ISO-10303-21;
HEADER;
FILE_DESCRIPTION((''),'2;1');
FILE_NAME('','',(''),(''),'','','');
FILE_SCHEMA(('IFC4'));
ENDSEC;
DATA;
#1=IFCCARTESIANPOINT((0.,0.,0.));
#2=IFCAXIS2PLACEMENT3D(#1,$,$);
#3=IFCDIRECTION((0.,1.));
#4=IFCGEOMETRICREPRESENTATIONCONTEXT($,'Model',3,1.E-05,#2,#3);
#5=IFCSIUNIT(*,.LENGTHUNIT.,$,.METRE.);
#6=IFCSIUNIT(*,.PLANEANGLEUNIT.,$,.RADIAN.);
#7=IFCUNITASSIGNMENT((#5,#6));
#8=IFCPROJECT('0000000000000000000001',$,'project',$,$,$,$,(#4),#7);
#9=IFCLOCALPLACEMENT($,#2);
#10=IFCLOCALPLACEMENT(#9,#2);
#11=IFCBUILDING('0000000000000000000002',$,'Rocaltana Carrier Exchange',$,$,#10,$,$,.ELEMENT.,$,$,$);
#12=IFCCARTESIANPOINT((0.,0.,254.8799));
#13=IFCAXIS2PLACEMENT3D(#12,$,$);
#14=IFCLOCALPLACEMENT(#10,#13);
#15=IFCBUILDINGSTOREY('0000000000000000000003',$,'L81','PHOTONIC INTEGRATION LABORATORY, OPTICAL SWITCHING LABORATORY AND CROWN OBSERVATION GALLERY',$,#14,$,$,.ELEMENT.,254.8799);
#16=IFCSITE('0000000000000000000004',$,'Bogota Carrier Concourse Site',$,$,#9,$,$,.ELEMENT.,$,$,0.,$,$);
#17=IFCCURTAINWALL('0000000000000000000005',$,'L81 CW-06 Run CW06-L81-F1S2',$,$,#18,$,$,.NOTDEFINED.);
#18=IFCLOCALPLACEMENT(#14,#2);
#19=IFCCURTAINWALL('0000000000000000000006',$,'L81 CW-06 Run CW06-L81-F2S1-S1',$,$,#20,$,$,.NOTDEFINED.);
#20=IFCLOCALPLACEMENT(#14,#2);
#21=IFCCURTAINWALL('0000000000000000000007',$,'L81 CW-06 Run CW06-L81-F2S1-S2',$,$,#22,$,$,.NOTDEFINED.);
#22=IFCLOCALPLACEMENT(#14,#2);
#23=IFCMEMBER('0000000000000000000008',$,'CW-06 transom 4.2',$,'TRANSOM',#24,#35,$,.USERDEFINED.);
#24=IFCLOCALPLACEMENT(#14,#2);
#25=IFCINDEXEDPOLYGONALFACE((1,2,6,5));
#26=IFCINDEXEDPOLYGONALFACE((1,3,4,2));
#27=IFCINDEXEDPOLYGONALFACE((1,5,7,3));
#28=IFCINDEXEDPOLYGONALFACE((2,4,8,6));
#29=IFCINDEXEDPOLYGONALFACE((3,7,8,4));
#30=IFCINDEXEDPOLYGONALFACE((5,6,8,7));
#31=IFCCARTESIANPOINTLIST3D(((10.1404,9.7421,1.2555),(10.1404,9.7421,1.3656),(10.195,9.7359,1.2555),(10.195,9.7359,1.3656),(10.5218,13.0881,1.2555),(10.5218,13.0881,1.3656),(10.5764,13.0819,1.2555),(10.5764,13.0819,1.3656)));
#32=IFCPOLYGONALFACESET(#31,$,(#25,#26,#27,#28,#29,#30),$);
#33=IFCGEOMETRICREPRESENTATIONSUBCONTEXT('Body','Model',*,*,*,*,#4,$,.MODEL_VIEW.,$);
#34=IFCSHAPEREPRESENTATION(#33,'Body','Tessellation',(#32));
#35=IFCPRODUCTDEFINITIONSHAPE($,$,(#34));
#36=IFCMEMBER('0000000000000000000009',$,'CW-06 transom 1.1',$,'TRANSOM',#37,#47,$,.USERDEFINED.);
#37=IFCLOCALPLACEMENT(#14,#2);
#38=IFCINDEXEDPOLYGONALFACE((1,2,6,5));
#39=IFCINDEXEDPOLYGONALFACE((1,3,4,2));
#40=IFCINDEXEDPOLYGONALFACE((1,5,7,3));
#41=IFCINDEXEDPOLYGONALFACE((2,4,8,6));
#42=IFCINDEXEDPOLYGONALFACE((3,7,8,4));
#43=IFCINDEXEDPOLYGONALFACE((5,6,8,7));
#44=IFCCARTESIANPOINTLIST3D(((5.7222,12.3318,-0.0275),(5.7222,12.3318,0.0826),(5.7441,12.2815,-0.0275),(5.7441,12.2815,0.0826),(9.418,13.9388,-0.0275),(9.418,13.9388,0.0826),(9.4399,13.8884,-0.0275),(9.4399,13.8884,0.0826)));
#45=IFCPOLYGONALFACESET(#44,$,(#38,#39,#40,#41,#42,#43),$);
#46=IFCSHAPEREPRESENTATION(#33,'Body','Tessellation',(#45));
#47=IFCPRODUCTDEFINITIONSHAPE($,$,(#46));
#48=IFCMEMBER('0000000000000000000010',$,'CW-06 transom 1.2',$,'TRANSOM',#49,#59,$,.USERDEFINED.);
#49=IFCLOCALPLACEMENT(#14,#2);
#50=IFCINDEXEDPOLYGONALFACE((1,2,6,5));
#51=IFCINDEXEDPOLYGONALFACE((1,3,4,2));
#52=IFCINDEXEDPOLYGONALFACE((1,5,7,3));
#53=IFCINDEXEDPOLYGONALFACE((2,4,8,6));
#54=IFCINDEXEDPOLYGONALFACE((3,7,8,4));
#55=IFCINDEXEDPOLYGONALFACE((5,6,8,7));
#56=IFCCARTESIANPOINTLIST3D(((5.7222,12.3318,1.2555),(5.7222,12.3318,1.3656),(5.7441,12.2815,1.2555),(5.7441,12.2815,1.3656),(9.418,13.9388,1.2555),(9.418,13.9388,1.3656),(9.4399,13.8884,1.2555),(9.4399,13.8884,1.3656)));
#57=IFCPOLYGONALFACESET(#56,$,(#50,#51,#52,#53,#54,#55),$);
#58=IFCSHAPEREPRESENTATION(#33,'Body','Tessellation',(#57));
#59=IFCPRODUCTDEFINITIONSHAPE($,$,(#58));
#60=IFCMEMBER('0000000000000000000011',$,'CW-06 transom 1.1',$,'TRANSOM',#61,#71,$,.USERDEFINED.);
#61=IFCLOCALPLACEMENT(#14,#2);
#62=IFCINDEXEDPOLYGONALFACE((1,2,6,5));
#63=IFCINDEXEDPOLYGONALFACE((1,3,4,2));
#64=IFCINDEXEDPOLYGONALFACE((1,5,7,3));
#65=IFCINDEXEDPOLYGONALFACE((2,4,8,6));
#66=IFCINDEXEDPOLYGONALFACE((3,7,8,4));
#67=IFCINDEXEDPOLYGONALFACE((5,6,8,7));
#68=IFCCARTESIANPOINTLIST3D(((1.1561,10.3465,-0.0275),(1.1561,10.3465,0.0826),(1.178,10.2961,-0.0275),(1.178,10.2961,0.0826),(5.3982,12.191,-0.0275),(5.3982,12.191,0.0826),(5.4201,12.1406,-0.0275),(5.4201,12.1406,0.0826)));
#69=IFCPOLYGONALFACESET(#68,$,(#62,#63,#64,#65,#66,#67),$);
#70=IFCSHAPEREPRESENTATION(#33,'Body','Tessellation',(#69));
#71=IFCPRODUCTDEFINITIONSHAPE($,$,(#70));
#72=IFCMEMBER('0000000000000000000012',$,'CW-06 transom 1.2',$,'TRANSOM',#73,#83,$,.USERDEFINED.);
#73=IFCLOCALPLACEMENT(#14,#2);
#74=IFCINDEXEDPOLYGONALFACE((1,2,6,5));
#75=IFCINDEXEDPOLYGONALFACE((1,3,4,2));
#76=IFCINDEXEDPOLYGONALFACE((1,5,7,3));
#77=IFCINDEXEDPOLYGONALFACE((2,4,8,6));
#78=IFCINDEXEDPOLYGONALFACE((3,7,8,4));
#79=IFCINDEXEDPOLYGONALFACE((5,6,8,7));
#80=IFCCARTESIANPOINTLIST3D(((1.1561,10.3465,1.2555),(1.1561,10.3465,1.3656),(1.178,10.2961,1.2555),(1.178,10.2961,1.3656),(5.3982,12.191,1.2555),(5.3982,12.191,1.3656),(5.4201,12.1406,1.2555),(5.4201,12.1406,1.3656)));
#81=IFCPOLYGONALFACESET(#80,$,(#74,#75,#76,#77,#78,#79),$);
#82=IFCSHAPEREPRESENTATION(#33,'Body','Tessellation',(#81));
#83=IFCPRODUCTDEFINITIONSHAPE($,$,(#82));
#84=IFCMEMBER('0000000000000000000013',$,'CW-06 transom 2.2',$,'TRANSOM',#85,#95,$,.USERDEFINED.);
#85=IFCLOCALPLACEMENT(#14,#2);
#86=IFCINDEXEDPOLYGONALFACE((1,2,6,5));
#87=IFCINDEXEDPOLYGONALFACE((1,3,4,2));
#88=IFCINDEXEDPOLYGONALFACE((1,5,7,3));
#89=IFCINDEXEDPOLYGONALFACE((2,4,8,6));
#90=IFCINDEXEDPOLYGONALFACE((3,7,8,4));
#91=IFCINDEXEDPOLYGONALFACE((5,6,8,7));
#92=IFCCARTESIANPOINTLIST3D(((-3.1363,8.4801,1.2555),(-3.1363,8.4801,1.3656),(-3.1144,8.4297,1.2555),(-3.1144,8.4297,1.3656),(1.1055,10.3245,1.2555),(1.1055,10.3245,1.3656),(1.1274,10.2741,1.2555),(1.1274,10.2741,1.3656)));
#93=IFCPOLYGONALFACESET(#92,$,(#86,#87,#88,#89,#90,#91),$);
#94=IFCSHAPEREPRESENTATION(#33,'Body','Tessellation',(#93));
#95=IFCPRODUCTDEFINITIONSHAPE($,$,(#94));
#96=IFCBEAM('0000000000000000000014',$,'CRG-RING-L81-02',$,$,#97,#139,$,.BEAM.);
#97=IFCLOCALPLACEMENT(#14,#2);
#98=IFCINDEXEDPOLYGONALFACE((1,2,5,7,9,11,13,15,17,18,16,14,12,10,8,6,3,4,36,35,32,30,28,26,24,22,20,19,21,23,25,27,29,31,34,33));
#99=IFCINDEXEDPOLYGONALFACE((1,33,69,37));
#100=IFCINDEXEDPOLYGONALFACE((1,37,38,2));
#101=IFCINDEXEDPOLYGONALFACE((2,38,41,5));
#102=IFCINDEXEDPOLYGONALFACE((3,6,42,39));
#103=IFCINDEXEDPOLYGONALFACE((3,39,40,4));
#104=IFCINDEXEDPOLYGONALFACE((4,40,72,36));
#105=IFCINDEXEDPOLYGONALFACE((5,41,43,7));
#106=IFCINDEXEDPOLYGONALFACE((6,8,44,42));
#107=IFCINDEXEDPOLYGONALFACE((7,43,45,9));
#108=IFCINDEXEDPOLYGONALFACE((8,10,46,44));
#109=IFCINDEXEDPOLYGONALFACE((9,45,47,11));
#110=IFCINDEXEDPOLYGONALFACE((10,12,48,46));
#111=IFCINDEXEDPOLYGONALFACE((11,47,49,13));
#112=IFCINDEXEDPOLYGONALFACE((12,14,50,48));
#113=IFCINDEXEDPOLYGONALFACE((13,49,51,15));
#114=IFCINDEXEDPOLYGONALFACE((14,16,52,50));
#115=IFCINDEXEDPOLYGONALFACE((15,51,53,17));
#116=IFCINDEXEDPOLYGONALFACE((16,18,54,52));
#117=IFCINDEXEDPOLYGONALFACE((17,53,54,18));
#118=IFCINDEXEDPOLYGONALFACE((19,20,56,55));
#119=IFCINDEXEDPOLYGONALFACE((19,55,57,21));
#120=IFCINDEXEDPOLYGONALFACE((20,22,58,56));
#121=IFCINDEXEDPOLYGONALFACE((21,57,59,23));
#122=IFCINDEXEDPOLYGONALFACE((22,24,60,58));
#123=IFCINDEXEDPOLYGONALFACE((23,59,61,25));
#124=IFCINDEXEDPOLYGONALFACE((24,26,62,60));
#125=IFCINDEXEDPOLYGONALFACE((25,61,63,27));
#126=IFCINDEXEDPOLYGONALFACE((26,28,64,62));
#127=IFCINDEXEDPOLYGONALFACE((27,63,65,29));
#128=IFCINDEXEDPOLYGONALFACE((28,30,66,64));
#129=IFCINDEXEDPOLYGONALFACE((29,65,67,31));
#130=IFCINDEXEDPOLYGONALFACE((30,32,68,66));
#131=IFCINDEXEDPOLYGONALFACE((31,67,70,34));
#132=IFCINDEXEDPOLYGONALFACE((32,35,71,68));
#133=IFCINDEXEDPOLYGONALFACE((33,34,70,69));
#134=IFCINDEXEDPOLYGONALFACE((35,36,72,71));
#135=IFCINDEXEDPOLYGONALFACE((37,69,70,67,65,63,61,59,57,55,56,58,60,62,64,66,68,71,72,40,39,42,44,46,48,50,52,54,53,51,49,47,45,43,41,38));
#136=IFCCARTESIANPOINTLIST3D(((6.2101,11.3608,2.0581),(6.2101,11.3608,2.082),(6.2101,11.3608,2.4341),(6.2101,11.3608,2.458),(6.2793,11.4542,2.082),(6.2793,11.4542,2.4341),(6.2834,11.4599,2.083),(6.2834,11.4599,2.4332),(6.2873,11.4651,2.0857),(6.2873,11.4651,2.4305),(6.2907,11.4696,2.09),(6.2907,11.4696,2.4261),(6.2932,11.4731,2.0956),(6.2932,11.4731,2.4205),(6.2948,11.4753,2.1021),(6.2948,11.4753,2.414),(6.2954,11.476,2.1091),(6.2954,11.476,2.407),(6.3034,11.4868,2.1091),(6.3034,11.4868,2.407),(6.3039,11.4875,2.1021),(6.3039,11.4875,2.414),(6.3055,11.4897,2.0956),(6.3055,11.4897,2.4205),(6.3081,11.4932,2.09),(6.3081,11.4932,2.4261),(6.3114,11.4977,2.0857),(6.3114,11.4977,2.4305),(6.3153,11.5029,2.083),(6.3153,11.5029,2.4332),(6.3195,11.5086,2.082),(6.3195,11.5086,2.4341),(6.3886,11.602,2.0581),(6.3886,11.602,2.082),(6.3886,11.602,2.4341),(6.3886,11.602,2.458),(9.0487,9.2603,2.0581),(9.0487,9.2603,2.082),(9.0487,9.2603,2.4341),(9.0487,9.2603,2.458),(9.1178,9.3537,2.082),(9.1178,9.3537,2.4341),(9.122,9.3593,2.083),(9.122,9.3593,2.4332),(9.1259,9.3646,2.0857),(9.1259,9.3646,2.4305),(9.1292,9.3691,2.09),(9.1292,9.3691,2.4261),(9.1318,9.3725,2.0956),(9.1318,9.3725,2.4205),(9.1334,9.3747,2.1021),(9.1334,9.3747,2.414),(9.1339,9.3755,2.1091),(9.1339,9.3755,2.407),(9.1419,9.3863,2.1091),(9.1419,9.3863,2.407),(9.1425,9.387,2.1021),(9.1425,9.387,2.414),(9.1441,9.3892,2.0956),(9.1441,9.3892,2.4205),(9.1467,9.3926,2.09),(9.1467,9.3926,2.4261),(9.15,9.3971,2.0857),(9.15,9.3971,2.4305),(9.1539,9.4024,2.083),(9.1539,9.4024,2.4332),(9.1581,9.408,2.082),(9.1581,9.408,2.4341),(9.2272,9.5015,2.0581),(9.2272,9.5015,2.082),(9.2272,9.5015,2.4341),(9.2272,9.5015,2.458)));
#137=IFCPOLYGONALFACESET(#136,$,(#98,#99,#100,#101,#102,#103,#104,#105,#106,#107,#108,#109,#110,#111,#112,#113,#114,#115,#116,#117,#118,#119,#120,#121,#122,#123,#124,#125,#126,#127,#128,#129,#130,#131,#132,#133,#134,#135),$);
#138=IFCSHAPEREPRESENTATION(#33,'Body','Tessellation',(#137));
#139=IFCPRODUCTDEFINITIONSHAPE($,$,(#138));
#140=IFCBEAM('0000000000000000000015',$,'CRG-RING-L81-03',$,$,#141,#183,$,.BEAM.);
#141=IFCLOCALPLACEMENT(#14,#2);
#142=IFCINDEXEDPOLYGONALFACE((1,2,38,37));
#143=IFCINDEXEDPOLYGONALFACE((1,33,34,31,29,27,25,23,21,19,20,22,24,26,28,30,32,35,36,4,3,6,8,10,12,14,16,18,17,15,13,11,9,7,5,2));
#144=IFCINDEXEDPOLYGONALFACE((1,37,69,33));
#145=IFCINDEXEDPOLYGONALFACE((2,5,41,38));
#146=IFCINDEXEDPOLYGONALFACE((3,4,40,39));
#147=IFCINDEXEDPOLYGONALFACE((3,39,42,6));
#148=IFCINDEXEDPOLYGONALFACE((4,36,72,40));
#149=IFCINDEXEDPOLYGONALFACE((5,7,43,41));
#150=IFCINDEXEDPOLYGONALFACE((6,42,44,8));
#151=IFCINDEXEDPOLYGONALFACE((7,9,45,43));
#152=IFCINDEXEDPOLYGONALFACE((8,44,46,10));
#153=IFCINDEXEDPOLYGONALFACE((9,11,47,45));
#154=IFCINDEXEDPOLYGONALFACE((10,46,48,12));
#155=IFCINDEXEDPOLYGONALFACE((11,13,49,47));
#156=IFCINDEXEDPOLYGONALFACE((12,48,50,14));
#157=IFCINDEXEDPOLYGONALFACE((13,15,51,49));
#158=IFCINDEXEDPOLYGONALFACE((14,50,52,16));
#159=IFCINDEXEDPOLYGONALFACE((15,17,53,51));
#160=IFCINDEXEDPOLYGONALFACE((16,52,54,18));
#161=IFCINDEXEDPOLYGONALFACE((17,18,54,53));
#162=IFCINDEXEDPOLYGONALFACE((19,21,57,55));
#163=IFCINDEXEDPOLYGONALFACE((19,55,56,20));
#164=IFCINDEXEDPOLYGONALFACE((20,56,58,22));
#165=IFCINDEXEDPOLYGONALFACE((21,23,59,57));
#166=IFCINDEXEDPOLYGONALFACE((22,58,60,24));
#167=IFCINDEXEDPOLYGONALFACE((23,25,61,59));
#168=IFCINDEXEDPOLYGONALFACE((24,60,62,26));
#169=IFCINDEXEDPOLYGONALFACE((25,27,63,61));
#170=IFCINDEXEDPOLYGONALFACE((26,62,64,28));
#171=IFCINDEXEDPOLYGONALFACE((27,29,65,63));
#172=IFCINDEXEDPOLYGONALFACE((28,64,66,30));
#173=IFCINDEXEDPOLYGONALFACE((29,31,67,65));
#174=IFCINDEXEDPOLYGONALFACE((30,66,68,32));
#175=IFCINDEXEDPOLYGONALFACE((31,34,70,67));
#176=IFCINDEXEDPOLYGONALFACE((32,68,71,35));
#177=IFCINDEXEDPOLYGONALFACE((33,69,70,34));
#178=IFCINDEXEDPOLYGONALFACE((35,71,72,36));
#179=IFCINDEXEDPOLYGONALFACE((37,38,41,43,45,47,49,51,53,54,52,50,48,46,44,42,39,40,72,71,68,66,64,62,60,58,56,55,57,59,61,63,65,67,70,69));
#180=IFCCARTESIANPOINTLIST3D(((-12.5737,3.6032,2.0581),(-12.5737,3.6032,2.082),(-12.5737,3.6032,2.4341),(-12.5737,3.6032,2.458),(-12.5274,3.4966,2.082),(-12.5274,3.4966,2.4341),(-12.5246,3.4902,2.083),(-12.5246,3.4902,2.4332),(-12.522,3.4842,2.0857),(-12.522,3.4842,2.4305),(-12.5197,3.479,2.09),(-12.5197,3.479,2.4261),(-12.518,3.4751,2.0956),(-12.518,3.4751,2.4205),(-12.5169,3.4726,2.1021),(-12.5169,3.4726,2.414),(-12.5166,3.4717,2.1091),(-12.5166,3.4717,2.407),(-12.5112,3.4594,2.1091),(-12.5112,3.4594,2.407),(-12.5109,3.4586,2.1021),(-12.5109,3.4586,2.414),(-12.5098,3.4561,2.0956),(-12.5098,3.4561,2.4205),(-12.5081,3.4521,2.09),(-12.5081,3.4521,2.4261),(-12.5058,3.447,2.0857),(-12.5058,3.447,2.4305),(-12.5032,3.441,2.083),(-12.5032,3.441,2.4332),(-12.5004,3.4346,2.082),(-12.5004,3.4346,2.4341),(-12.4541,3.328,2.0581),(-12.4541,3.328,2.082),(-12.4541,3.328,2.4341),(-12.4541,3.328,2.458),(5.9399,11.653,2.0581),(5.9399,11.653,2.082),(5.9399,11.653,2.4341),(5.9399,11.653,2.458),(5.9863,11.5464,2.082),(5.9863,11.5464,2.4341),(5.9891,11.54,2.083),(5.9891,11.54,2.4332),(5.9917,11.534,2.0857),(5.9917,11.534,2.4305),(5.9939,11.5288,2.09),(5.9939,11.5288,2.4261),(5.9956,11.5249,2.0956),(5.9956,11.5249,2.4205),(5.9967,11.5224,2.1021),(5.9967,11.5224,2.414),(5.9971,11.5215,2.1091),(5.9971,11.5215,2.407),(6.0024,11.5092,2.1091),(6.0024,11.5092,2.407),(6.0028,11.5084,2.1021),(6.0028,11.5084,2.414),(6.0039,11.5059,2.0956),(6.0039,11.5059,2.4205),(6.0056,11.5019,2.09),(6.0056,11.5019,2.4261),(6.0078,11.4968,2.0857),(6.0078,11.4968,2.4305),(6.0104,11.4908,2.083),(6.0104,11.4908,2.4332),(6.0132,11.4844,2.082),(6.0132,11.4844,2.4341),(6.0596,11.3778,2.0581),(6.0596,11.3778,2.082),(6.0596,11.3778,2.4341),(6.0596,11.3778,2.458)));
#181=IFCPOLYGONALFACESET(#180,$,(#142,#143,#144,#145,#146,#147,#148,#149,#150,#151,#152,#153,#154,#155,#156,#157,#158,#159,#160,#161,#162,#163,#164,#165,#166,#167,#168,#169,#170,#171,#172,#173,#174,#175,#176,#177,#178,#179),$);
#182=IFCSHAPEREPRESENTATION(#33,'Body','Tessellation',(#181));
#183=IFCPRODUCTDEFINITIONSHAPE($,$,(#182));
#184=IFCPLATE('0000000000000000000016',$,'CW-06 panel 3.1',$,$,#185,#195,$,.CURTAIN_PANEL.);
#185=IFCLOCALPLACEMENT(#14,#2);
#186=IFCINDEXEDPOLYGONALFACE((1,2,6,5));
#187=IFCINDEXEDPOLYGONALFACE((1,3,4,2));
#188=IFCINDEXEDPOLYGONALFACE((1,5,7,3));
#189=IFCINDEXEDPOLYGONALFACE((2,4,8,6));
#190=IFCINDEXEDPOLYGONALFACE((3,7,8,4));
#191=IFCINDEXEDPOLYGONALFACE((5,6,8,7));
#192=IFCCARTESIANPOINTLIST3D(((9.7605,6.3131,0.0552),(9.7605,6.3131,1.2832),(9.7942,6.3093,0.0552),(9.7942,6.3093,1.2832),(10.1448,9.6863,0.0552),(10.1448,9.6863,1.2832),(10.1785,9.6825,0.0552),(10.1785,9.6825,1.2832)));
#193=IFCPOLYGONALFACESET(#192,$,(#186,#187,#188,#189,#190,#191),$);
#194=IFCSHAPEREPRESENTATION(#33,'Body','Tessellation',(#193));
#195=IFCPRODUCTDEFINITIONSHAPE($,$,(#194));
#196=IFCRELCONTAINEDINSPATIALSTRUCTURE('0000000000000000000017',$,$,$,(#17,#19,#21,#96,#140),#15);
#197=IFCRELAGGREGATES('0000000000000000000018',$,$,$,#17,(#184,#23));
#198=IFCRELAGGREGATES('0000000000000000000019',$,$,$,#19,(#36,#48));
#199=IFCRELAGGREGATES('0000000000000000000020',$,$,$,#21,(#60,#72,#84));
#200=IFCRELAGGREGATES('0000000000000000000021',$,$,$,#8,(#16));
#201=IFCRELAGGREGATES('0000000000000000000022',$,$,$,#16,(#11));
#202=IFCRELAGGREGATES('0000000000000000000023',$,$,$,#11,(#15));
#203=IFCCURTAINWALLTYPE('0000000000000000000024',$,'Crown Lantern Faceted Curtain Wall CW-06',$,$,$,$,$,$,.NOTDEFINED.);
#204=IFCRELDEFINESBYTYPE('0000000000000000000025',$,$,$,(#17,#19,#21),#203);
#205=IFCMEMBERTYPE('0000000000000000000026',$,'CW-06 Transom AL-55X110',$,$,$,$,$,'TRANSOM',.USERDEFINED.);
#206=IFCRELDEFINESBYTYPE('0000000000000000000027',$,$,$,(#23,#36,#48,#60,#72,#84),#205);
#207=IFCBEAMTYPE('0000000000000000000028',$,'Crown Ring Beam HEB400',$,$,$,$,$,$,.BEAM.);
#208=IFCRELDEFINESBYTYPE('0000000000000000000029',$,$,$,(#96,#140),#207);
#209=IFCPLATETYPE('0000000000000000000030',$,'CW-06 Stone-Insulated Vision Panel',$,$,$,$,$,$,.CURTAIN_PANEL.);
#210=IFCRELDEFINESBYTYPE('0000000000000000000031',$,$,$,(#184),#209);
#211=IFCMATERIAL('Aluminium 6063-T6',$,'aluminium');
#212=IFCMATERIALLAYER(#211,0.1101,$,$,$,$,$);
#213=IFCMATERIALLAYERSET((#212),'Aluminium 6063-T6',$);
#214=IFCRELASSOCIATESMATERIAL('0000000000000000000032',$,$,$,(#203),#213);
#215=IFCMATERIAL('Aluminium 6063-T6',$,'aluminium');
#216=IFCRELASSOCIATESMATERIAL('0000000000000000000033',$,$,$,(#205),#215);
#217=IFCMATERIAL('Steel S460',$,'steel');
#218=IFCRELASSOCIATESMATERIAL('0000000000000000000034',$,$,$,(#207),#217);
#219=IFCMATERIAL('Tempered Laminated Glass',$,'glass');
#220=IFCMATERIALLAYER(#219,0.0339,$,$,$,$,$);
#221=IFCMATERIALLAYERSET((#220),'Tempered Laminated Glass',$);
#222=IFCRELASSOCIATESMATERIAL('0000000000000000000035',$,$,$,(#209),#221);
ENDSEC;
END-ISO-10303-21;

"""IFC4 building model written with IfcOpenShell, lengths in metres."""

from ifc_helpers import new_model, si_unit, direction, frame, origin, origin_2d, place, context, subcontext, project, spatial, rectangle, i_section, extrude, material, layer, layer_set, material_profile, profile_set, type_object, element, aggregate, save


model = new_model("IFC4")

# Units and contexts
model_context = context("Model", 3, precision=1e-05, world=origin(), true_north=direction((0.0, 1.0)))
body_context = subcontext(model_context, "Body", "Model", "MODEL_VIEW")
ifc_project = project(units=[si_unit("LENGTHUNIT", "METRE"), si_unit("PLANEANGLEUNIT", "RADIAN")], contexts=[model_context])

# Site, building, storey
site_placement = place(None, origin())
site = spatial("IfcSite", under=ifc_project, at=site_placement, Name="Bogota Carrier Concourse Site", CompositionType="ELEMENT", RefElevation=0.0)
building_placement = place(site_placement, origin())
building = spatial("IfcBuilding", under=site, at=building_placement, Name="Rocaltana Carrier Exchange", CompositionType="ELEMENT")
storey_placement = place(building_placement, frame((0.0, 0.0, 254.8799)))
storey = spatial("IfcBuildingStorey", under=building, at=storey_placement, Name="L81", Description="PHOTONIC INTEGRATION LABORATORY, OPTICAL SWITCHING LABORATORY AND CROWN OBSERVATION GALLERY", CompositionType="ELEMENT", Elevation=254.8799)

# Curtain walls
ifc_material_1 = material(Name="Aluminium 6063-T6", Category="aluminium")
ifc_layer_1 = layer(ifc_material_1, 0.1101)
ifc_layer_set_1 = layer_set([ifc_layer_1], Name="Aluminium 6063-T6")
curtain_wall_type = type_object("IfcCurtainWallType", Name="Crown Lantern Faceted Curtain Wall CW-06", PredefinedType="NOTDEFINED", material=ifc_layer_set_1)
curtain_wall_1_placement = place(storey_placement, origin())
curtain_wall_1 = element("IfcCurtainWall", 1, at=curtain_wall_1_placement, inside=storey, type_object=curtain_wall_type, Name="L81 CW-06 Run CW06-L81-F1S2", PredefinedType="NOTDEFINED")
curtain_wall_2_placement = place(storey_placement, origin())
curtain_wall_2 = element("IfcCurtainWall", 2, at=curtain_wall_2_placement, inside=storey, type_object=curtain_wall_type, Name="L81 CW-06 Run CW06-L81-F2S1-S1", PredefinedType="NOTDEFINED")
curtain_wall_3_placement = place(storey_placement, origin())
curtain_wall_3 = element("IfcCurtainWall", 3, at=curtain_wall_3_placement, inside=storey, type_object=curtain_wall_type, Name="L81 CW-06 Run CW06-L81-F2S1-S2", PredefinedType="NOTDEFINED")

# Members
ifc_material_2 = material(Name="Aluminium 6063-T6", Category="aluminium")
ifc_material_profile_1 = material_profile(ifc_material_2, rectangle(XDim=0.0549, YDim=0.1101, at=origin_2d()), Name="AL-55X110")
ifc_profile_set_1 = profile_set([ifc_material_profile_1], Name="Aluminium 6063-T6")
member_type_1 = type_object("IfcMemberType", Name="CW-06 Transom AL-55X110", ElementType="TRANSOM", PredefinedType="USERDEFINED", material=ifc_profile_set_1)
member_1_placement = place(storey_placement, frame((10.1677, 9.739, 1.3105), z_axis=(0.11324, 0.993568, 0.0), x_axis=(-0.993568, 0.11324, 0.0)))
member_1 = element("IfcMember", 4, at=member_1_placement, type_object=member_type_1, Name="CW-06 transom 4.2", ObjectType="TRANSOM", PredefinedType="USERDEFINED", context=body_context, shape_type="SweptSolid", body=[
    extrude(rectangle(XDim=0.0549, YDim=0.1101, at=origin_2d()), origin(), (0.0, 0.0, 1.0), 3.3677),
])
member_2_placement = place(storey_placement, frame((9.429, 13.9136, 0.0276), z_axis=(-0.917064, -0.398739, 0.0), x_axis=(0.398739, -0.917064, 0.0)))
member_2 = element("IfcMember", 5, at=member_2_placement, type_object=member_type_1, Name="CW-06 transom 1.1", ObjectType="TRANSOM", PredefinedType="USERDEFINED", context=body_context, shape_type="SweptSolid", body=[
    extrude(rectangle(XDim=0.0549, YDim=0.1101, at=origin_2d()), origin(), (0.0, 0.0, 1.0), 4.03),
])
member_3_placement = place(storey_placement, frame((9.429, 13.9136, 1.3105), z_axis=(-0.917064, -0.398739, 0.0), x_axis=(0.398739, -0.917064, 0.0)))
member_3 = element("IfcMember", 6, at=member_3_placement, type_object=member_type_1, Name="CW-06 transom 1.2", ObjectType="TRANSOM", PredefinedType="USERDEFINED", context=body_context, shape_type="SweptSolid", body=[
    extrude(rectangle(XDim=0.0549, YDim=0.1101, at=origin_2d()), origin(), (0.0, 0.0, 1.0), 4.03),
])
member_4_placement = place(storey_placement, frame((5.4092, 12.1658, 0.0276), z_axis=(-0.917066, -0.398736, 0.0), x_axis=(0.398736, -0.917066, 0.0)))
member_4 = element("IfcMember", 7, at=member_4_placement, type_object=member_type_1, Name="CW-06 transom 1.1", ObjectType="TRANSOM", PredefinedType="USERDEFINED", context=body_context, shape_type="SweptSolid", body=[
    extrude(rectangle(XDim=0.0549, YDim=0.1101, at=origin_2d()), origin(), (0.0, 0.0, 1.0), 4.6257),
])
member_5_placement = place(storey_placement, frame((5.4092, 12.1658, 1.3105), z_axis=(-0.917066, -0.398736, 0.0), x_axis=(0.398736, -0.917066, 0.0)))
member_5 = element("IfcMember", 8, at=member_5_placement, type_object=member_type_1, Name="CW-06 transom 1.2", ObjectType="TRANSOM", PredefinedType="USERDEFINED", context=body_context, shape_type="SweptSolid", body=[
    extrude(rectangle(XDim=0.0549, YDim=0.1101, at=origin_2d()), origin(), (0.0, 0.0, 1.0), 4.6257),
])
member_6_placement = place(storey_placement, frame((1.1165, 10.2993, 1.3105), z_axis=(-0.917057, -0.398755, 0.0), x_axis=(0.398755, -0.917057, 0.0)))
member_6 = element("IfcMember", 9, at=member_6_placement, type_object=member_type_1, Name="CW-06 transom 2.2", ObjectType="TRANSOM", PredefinedType="USERDEFINED", context=body_context, shape_type="SweptSolid", body=[
    extrude(rectangle(XDim=0.0549, YDim=0.1101, at=origin_2d()), origin(), (0.0, 0.0, 1.0), 4.6255),
])

# Beams
ifc_material_3 = material(Name="Steel S460", Category="steel")
ifc_material_profile_2 = material_profile(ifc_material_3, i_section(OverallWidth=0.3, OverallDepth=0.3999, WebThickness=0.0134, FlangeThickness=0.0239, FilletRadius=0.0271, at=origin_2d()), Name="HEB400")
ifc_profile_set_2 = profile_set([ifc_material_profile_2], Name="Steel S460")
beam_type = type_object("IfcBeamType", Name="Crown Ring Beam HEB400", PredefinedType="BEAM", material=ifc_profile_set_2)
beam_1_placement = place(storey_placement, frame((9.1379, 9.3809, 2.2581), z_axis=(-0.803841, 0.594844, 0.0), x_axis=(-0.594844, -0.803841, 0.0)))
element("IfcBeam", 10, at=beam_1_placement, inside=storey, type_object=beam_type, Name="CRG-RING-L81-02", PredefinedType="BEAM", context=body_context, shape_type="SweptSolid", body=[
    extrude(i_section(OverallWidth=0.3, OverallDepth=0.3999, WebThickness=0.0134, FlangeThickness=0.0239, FilletRadius=0.0271, at=origin_2d()), origin(), (0.0, 0.0, 1.0), 3.5312),
])
beam_2_placement = place(storey_placement, frame((5.9998, 11.5154, 2.2581), z_axis=(-0.917063, -0.398742, 0.0), x_axis=(0.398742, -0.917063, 0.0)))
element("IfcBeam", 11, at=beam_2_placement, inside=storey, type_object=beam_type, Name="CRG-RING-L81-03", PredefinedType="BEAM", context=body_context, shape_type="SweptSolid", body=[
    extrude(i_section(OverallWidth=0.3, OverallDepth=0.3999, WebThickness=0.0134, FlangeThickness=0.0239, FilletRadius=0.0271, at=origin_2d()), origin(), (0.0, 0.0, 1.0), 20.188),
])

# Plate
ifc_material_4 = material(Name="Tempered Laminated Glass", Category="glass")
ifc_layer_2 = layer(ifc_material_4, 0.0339)
ifc_layer_set_2 = layer_set([ifc_layer_2], Name="Tempered Laminated Glass")
plate_type = type_object("IfcPlateType", Name="CW-06 Stone-Insulated Vision Panel", PredefinedType="CURTAIN_PANEL", material=ifc_layer_set_2)
plate_1_placement = place(storey_placement, frame((9.9695, 7.9978, 0.0552), z_axis=(0.0, 0.0, 1.0), x_axis=(0.113203, 0.993572, 0.0)))
plate_1 = element("IfcPlate", 12, at=plate_1_placement, type_object=plate_type, Name="CW-06 panel 3.1", PredefinedType="CURTAIN_PANEL", context=body_context, shape_type="SweptSolid", body=[
    extrude(rectangle(XDim=3.395, YDim=0.0339, at=origin_2d()), origin(), (0.0, 0.0, 1.0), 1.228),
])
aggregate(curtain_wall_1, [plate_1, member_1])
aggregate(curtain_wall_2, [member_2, member_3])
aggregate(curtain_wall_3, [member_4, member_5, member_6])

save(model, "model.ifc")
